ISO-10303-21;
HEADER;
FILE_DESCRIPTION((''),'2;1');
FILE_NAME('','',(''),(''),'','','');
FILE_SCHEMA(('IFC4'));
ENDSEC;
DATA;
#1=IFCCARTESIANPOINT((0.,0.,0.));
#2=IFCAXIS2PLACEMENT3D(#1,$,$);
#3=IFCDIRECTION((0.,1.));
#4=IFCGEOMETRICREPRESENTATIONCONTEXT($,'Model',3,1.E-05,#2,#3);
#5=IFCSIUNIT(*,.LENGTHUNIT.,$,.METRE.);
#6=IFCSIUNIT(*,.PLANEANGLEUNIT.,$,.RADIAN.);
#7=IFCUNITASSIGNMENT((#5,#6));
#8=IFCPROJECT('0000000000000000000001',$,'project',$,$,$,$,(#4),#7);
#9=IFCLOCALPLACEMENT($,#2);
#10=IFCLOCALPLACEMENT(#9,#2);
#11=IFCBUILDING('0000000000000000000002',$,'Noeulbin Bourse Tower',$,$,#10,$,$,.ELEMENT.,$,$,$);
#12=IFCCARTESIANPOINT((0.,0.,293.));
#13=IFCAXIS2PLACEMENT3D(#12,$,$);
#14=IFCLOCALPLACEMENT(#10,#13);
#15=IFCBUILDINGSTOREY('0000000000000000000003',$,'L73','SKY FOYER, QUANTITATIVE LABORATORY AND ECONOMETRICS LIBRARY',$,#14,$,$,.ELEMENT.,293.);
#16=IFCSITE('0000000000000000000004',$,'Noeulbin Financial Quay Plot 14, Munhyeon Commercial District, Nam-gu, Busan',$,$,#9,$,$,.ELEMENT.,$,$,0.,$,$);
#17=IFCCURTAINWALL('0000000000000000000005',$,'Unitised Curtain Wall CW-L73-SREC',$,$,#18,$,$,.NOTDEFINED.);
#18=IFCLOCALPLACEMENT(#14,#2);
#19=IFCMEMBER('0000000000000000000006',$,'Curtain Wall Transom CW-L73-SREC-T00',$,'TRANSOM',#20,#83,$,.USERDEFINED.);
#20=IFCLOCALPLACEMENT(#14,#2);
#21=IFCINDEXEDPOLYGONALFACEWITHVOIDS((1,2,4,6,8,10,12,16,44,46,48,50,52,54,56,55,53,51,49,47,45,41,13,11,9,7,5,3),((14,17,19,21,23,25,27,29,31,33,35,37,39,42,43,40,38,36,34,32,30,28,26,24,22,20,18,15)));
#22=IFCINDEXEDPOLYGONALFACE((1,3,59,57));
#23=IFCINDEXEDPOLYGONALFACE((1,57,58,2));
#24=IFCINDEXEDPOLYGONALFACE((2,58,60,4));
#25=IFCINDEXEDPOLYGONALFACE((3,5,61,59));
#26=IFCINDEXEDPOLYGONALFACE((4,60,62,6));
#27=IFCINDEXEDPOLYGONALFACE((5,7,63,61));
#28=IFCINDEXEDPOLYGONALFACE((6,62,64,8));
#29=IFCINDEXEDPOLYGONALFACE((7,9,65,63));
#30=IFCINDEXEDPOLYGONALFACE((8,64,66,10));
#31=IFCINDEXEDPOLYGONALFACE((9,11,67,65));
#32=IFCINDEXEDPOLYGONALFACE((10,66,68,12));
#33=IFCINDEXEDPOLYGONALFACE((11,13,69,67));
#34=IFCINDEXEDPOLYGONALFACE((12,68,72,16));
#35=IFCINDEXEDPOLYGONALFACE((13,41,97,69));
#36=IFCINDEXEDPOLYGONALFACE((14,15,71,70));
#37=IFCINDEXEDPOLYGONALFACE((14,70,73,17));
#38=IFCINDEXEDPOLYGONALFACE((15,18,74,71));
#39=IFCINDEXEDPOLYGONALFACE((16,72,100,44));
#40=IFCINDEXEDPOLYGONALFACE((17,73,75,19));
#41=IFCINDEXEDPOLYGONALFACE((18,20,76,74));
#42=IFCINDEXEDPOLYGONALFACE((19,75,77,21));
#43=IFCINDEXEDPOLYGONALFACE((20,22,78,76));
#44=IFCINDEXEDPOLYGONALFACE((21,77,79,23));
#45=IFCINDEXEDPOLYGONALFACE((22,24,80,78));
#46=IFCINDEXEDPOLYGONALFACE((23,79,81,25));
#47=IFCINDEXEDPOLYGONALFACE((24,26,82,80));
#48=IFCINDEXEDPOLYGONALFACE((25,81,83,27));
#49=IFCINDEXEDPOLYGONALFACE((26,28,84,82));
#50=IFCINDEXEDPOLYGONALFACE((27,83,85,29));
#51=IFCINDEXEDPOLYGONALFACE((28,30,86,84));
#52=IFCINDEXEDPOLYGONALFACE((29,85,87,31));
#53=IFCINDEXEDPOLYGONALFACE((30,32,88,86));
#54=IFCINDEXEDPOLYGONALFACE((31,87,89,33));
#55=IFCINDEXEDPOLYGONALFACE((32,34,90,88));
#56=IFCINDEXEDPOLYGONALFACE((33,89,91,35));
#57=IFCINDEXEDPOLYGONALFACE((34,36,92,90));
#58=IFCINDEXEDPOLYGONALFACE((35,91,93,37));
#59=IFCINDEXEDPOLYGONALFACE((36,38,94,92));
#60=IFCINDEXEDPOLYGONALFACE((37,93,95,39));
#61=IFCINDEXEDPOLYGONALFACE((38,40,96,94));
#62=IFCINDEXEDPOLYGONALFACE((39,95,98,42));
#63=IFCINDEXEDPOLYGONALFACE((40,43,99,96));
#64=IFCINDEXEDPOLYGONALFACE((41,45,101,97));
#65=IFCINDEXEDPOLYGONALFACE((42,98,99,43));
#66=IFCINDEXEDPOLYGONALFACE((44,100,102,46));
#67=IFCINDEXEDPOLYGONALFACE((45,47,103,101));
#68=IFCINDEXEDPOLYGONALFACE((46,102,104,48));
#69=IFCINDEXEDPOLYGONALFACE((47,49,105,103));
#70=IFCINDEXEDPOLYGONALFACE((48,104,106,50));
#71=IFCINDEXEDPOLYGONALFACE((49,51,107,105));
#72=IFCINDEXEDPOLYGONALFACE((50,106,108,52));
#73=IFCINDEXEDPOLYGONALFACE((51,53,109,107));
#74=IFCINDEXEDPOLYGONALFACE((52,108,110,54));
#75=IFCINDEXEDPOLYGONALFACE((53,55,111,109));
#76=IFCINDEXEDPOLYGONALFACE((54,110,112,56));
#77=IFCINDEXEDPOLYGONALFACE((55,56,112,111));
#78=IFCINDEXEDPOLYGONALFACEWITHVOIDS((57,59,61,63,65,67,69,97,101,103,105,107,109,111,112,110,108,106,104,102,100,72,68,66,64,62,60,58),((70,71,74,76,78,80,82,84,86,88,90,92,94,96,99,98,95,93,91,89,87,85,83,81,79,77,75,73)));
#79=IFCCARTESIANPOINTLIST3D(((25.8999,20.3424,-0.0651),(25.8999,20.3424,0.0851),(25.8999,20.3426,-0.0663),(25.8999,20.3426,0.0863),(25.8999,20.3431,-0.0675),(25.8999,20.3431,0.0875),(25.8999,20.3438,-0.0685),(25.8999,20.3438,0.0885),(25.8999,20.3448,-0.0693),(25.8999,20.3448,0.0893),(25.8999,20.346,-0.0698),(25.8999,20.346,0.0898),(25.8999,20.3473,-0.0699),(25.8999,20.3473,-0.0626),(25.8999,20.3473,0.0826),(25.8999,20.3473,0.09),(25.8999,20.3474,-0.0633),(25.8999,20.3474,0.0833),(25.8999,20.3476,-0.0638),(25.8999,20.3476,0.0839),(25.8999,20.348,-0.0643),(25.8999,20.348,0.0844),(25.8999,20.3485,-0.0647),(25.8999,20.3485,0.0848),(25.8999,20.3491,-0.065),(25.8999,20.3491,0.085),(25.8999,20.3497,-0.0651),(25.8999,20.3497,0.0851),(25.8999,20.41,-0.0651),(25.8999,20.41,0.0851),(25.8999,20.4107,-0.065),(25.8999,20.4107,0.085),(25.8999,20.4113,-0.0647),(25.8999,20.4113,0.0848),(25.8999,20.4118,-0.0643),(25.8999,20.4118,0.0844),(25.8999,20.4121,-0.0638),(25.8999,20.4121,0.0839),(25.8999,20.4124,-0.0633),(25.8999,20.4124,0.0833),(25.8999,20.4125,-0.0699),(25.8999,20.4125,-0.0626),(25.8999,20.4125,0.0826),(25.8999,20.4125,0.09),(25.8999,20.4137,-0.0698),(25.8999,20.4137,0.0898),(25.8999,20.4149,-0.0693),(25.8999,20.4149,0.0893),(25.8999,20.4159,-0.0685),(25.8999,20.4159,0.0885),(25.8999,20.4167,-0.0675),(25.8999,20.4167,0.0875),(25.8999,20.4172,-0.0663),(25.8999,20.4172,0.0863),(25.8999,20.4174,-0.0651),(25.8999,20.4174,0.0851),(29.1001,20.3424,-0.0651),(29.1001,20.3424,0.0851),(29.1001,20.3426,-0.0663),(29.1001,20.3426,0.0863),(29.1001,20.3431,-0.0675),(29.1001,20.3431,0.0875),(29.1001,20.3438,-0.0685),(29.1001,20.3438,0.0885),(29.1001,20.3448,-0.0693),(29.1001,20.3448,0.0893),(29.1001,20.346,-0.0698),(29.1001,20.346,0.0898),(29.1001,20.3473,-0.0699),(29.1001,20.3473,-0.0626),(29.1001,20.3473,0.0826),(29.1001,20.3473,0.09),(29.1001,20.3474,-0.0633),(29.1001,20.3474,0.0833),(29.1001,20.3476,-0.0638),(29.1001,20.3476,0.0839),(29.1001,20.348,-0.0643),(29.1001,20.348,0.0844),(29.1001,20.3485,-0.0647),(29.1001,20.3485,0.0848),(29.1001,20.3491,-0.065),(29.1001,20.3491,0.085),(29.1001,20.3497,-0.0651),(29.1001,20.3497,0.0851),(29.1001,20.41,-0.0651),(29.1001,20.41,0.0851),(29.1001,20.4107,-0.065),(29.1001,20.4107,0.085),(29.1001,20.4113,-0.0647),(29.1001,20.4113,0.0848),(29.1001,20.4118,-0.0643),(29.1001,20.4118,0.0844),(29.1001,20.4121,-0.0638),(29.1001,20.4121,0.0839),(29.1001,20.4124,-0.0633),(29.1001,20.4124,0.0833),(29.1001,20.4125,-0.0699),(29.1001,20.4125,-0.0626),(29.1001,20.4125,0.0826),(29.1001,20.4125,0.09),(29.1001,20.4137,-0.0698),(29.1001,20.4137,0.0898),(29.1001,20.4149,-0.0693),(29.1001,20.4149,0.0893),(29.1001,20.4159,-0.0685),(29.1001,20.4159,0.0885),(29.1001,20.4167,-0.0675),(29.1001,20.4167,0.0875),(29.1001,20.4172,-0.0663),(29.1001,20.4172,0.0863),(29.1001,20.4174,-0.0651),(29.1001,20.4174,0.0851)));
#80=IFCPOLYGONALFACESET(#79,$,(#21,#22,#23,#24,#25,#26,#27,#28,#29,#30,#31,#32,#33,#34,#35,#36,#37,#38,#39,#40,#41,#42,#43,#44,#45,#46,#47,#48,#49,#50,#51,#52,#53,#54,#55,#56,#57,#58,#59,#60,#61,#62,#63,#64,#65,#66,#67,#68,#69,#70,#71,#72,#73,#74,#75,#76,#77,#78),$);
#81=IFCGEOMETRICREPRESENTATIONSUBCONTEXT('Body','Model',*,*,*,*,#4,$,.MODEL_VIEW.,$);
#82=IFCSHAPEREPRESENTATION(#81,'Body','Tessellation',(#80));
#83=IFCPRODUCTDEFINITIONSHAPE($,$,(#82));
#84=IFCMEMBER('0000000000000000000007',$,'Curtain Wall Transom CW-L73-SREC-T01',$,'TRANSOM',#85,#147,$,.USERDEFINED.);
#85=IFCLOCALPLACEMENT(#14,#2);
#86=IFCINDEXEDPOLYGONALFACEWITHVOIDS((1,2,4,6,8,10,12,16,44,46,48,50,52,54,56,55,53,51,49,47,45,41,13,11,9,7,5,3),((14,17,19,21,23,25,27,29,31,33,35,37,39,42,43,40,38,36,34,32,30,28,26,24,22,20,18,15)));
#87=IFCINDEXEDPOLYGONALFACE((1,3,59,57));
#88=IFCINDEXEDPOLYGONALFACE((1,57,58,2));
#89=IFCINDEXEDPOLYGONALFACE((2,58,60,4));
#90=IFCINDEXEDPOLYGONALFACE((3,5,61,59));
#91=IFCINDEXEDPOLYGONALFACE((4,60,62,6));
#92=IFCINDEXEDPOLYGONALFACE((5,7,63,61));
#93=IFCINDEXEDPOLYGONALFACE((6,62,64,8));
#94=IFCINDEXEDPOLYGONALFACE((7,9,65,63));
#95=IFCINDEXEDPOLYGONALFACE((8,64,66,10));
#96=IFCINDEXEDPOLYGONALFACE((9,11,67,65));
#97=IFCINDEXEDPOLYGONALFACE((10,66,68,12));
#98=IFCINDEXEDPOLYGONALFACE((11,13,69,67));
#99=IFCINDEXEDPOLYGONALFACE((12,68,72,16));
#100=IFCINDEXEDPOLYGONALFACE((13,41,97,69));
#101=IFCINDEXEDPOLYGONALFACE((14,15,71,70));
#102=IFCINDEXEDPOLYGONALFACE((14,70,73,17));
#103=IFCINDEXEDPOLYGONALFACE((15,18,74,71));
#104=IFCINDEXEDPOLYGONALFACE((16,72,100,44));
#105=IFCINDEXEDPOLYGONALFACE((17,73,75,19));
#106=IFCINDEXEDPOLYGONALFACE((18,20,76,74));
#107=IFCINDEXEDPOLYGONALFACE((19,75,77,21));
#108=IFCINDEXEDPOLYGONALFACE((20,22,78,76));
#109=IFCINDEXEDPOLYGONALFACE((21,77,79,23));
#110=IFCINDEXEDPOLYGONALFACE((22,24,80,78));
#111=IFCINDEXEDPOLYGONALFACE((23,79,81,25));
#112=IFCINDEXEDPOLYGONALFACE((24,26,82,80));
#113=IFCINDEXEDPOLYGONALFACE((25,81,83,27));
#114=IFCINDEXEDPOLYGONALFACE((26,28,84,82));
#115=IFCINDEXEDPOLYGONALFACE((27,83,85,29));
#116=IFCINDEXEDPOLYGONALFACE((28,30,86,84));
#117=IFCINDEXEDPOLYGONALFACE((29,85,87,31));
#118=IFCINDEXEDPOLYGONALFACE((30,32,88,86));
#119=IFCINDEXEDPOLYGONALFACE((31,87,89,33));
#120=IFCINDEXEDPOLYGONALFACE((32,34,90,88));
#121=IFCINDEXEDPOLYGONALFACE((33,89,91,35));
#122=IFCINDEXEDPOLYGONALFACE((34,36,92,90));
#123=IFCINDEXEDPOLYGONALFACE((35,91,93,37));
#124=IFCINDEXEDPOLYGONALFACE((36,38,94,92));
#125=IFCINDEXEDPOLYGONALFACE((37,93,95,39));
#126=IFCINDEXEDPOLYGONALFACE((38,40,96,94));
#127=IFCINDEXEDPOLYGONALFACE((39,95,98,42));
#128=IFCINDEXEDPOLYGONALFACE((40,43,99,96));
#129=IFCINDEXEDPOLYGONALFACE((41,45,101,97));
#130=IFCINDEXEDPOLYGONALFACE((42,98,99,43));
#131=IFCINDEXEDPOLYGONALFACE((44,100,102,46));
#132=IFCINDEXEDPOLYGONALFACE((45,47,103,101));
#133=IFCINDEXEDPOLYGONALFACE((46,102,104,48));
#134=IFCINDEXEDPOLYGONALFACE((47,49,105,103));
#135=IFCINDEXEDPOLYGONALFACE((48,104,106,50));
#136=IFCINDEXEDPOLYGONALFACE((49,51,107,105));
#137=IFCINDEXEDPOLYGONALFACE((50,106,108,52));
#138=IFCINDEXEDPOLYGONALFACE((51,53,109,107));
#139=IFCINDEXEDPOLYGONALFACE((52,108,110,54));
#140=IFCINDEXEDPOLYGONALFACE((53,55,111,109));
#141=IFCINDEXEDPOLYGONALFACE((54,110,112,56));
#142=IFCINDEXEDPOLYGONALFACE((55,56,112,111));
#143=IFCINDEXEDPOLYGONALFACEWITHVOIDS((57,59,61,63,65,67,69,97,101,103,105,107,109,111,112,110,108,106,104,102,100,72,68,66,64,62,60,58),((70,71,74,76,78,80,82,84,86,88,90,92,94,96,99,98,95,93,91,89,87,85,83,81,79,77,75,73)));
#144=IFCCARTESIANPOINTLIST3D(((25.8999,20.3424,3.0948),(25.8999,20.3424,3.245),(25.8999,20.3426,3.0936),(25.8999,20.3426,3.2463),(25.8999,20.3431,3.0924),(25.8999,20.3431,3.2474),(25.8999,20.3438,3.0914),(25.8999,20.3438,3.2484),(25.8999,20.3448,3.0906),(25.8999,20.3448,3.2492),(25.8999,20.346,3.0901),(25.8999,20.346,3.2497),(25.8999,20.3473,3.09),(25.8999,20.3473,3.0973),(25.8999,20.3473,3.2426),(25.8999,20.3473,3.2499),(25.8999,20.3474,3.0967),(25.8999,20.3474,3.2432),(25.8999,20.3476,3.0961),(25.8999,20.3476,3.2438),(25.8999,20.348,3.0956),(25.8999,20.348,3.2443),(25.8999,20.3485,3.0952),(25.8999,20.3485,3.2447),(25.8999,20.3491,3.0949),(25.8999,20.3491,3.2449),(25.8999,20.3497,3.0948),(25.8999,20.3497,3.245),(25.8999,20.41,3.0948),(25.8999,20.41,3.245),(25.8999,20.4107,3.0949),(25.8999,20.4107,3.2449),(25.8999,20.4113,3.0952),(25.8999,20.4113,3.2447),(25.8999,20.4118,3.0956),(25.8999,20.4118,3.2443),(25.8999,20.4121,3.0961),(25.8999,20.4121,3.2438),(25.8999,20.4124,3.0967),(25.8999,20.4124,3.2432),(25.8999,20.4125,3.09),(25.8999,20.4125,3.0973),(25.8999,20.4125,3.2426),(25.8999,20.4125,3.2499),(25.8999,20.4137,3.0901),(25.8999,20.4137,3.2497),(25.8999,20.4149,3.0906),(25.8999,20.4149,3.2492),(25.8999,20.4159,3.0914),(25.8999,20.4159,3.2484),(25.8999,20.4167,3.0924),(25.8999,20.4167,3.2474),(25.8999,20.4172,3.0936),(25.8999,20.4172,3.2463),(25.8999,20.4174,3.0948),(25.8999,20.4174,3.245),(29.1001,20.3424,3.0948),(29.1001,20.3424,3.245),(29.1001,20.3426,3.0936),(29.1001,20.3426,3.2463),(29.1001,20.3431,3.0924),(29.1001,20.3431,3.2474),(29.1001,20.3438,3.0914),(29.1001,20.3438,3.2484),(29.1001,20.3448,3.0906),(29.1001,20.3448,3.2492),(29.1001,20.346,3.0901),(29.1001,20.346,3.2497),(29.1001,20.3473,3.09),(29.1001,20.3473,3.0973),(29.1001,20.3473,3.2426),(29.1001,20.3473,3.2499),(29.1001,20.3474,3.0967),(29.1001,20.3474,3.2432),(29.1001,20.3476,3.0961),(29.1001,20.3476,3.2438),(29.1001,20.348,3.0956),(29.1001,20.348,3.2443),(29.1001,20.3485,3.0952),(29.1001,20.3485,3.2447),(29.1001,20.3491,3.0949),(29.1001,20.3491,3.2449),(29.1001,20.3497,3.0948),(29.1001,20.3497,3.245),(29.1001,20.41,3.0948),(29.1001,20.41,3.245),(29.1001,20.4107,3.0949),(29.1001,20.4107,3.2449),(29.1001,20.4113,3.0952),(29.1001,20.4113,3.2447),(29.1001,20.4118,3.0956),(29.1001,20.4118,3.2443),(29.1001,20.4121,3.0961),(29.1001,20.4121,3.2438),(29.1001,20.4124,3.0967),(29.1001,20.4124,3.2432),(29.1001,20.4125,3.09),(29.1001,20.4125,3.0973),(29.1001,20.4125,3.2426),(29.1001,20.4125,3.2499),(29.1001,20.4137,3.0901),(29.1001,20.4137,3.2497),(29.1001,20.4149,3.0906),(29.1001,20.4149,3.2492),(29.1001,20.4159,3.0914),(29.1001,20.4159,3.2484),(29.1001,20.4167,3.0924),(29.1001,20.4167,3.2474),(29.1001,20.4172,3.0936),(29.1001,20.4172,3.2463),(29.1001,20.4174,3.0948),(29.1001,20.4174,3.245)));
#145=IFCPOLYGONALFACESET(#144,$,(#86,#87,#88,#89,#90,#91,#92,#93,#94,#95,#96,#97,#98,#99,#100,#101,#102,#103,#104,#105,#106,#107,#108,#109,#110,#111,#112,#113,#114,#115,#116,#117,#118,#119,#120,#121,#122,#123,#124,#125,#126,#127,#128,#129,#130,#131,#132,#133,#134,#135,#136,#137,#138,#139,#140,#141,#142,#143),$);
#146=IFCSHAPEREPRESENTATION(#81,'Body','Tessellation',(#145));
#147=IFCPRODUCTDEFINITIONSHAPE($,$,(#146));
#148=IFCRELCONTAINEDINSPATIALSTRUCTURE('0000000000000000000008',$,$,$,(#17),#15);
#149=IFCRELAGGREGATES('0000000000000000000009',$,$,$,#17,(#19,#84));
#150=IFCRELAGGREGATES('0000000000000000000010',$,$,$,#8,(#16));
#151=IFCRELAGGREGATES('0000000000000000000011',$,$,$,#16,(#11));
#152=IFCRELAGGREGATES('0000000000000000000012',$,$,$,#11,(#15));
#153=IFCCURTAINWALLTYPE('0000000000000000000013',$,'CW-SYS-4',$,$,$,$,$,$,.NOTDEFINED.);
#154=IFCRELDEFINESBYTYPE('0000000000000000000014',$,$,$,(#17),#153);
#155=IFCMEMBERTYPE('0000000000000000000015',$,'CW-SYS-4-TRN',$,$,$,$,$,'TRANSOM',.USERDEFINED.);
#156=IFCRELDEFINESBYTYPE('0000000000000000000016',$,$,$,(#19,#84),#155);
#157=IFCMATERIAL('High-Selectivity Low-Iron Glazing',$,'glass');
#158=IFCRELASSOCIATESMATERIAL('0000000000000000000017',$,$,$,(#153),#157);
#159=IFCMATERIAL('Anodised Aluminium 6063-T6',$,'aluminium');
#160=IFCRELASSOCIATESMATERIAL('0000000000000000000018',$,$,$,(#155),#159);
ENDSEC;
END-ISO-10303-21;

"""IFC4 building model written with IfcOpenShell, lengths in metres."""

from ifc_helpers import new_model, si_unit, direction, frame, origin, origin_2d, place, context, subcontext, project, spatial, hollow_rectangle, extrude, material, material_profile, profile_set, type_object, element, aggregate, save


model = new_model("IFC4")

# Units and contexts
model_context = context("Model", 3, precision=1e-05, world=origin(), true_north=direction((0.0, 1.0)))
body_context = subcontext(model_context, "Body", "Model", "MODEL_VIEW")
ifc_project = project(units=[si_unit("LENGTHUNIT", "METRE"), si_unit("PLANEANGLEUNIT", "RADIAN")], contexts=[model_context])

# Site, building, storey
site_placement = place(None, origin())
site = spatial("IfcSite", under=ifc_project, at=site_placement, Name="Noeulbin Financial Quay Plot 14, Munhyeon Commercial District, Nam-gu, Busan", CompositionType="ELEMENT", RefElevation=0.0)
building_placement = place(site_placement, origin())
building = spatial("IfcBuilding", under=site, at=building_placement, Name="Noeulbin Bourse Tower", CompositionType="ELEMENT")
storey_placement = place(building_placement, frame((0.0, 0.0, 293.0)))
storey = spatial("IfcBuildingStorey", under=building, at=storey_placement, Name="L73", Description="SKY FOYER, QUANTITATIVE LABORATORY AND ECONOMETRICS LIBRARY", CompositionType="ELEMENT", Elevation=293.0)

# Curtain wall
ifc_material_1 = material(Name="High-Selectivity Low-Iron Glazing", Category="glass")
curtain_wall_type = type_object("IfcCurtainWallType", Name="CW-SYS-4", PredefinedType="NOTDEFINED", material=ifc_material_1)
curtain_wall_1_placement = place(storey_placement, origin())
curtain_wall_1 = element("IfcCurtainWall", 1, at=curtain_wall_1_placement, inside=storey, type_object=curtain_wall_type, Name="Unitised Curtain Wall CW-L73-SREC", PredefinedType="NOTDEFINED")
ifc_material_2 = material(Name="Anodised Aluminium 6063-T6", Category="aluminium")

# Members
ifc_material_profile_1 = material_profile(ifc_material_2, hollow_rectangle(XDim=0.075, YDim=0.1599, WallThickness=0.0049, InnerFilletRadius=0.0024, OuterFilletRadius=0.0049, at=origin_2d()), Name="ALU-TRAN-75x160x5", Category="LoadBearing")
ifc_profile_set_1 = profile_set([ifc_material_profile_1], Name="Anodised Aluminium 6063-T6")
member_type_1 = type_object("IfcMemberType", Name="CW-SYS-4-TRN", ElementType="TRANSOM", PredefinedType="USERDEFINED", material=ifc_profile_set_1)
member_1_placement = place(storey_placement, frame((25.8999, 20.3799, 0.01), z_axis=(1.0, 0.0, 0.0), x_axis=(0.0, 1.0, 0.0)))
member_1 = element("IfcMember", 2, at=member_1_placement, type_object=member_type_1, Name="Curtain Wall Transom CW-L73-SREC-T00", ObjectType="TRANSOM", PredefinedType="USERDEFINED", context=body_context, shape_type="SweptSolid", body=[
    extrude(hollow_rectangle(XDim=0.075, YDim=0.1599, WallThickness=0.0049, InnerFilletRadius=0.0024, OuterFilletRadius=0.0049, at=origin_2d()), origin(), (0.0, 0.0, 1.0), 3.2002),
])
member_2_placement = place(storey_placement, frame((25.8999, 20.3799, 3.1699), z_axis=(1.0, 0.0, 0.0), x_axis=(0.0, 1.0, 0.0)))
member_2 = element("IfcMember", 3, at=member_2_placement, type_object=member_type_1, Name="Curtain Wall Transom CW-L73-SREC-T01", ObjectType="TRANSOM", PredefinedType="USERDEFINED", context=body_context, shape_type="SweptSolid", body=[
    extrude(hollow_rectangle(XDim=0.075, YDim=0.1599, WallThickness=0.0049, InnerFilletRadius=0.0024, OuterFilletRadius=0.0049, at=origin_2d()), origin(), (0.0, 0.0, 1.0), 3.2002),
])

aggregate(curtain_wall_1, [member_1, member_2])

save(model, "model.ifc")
